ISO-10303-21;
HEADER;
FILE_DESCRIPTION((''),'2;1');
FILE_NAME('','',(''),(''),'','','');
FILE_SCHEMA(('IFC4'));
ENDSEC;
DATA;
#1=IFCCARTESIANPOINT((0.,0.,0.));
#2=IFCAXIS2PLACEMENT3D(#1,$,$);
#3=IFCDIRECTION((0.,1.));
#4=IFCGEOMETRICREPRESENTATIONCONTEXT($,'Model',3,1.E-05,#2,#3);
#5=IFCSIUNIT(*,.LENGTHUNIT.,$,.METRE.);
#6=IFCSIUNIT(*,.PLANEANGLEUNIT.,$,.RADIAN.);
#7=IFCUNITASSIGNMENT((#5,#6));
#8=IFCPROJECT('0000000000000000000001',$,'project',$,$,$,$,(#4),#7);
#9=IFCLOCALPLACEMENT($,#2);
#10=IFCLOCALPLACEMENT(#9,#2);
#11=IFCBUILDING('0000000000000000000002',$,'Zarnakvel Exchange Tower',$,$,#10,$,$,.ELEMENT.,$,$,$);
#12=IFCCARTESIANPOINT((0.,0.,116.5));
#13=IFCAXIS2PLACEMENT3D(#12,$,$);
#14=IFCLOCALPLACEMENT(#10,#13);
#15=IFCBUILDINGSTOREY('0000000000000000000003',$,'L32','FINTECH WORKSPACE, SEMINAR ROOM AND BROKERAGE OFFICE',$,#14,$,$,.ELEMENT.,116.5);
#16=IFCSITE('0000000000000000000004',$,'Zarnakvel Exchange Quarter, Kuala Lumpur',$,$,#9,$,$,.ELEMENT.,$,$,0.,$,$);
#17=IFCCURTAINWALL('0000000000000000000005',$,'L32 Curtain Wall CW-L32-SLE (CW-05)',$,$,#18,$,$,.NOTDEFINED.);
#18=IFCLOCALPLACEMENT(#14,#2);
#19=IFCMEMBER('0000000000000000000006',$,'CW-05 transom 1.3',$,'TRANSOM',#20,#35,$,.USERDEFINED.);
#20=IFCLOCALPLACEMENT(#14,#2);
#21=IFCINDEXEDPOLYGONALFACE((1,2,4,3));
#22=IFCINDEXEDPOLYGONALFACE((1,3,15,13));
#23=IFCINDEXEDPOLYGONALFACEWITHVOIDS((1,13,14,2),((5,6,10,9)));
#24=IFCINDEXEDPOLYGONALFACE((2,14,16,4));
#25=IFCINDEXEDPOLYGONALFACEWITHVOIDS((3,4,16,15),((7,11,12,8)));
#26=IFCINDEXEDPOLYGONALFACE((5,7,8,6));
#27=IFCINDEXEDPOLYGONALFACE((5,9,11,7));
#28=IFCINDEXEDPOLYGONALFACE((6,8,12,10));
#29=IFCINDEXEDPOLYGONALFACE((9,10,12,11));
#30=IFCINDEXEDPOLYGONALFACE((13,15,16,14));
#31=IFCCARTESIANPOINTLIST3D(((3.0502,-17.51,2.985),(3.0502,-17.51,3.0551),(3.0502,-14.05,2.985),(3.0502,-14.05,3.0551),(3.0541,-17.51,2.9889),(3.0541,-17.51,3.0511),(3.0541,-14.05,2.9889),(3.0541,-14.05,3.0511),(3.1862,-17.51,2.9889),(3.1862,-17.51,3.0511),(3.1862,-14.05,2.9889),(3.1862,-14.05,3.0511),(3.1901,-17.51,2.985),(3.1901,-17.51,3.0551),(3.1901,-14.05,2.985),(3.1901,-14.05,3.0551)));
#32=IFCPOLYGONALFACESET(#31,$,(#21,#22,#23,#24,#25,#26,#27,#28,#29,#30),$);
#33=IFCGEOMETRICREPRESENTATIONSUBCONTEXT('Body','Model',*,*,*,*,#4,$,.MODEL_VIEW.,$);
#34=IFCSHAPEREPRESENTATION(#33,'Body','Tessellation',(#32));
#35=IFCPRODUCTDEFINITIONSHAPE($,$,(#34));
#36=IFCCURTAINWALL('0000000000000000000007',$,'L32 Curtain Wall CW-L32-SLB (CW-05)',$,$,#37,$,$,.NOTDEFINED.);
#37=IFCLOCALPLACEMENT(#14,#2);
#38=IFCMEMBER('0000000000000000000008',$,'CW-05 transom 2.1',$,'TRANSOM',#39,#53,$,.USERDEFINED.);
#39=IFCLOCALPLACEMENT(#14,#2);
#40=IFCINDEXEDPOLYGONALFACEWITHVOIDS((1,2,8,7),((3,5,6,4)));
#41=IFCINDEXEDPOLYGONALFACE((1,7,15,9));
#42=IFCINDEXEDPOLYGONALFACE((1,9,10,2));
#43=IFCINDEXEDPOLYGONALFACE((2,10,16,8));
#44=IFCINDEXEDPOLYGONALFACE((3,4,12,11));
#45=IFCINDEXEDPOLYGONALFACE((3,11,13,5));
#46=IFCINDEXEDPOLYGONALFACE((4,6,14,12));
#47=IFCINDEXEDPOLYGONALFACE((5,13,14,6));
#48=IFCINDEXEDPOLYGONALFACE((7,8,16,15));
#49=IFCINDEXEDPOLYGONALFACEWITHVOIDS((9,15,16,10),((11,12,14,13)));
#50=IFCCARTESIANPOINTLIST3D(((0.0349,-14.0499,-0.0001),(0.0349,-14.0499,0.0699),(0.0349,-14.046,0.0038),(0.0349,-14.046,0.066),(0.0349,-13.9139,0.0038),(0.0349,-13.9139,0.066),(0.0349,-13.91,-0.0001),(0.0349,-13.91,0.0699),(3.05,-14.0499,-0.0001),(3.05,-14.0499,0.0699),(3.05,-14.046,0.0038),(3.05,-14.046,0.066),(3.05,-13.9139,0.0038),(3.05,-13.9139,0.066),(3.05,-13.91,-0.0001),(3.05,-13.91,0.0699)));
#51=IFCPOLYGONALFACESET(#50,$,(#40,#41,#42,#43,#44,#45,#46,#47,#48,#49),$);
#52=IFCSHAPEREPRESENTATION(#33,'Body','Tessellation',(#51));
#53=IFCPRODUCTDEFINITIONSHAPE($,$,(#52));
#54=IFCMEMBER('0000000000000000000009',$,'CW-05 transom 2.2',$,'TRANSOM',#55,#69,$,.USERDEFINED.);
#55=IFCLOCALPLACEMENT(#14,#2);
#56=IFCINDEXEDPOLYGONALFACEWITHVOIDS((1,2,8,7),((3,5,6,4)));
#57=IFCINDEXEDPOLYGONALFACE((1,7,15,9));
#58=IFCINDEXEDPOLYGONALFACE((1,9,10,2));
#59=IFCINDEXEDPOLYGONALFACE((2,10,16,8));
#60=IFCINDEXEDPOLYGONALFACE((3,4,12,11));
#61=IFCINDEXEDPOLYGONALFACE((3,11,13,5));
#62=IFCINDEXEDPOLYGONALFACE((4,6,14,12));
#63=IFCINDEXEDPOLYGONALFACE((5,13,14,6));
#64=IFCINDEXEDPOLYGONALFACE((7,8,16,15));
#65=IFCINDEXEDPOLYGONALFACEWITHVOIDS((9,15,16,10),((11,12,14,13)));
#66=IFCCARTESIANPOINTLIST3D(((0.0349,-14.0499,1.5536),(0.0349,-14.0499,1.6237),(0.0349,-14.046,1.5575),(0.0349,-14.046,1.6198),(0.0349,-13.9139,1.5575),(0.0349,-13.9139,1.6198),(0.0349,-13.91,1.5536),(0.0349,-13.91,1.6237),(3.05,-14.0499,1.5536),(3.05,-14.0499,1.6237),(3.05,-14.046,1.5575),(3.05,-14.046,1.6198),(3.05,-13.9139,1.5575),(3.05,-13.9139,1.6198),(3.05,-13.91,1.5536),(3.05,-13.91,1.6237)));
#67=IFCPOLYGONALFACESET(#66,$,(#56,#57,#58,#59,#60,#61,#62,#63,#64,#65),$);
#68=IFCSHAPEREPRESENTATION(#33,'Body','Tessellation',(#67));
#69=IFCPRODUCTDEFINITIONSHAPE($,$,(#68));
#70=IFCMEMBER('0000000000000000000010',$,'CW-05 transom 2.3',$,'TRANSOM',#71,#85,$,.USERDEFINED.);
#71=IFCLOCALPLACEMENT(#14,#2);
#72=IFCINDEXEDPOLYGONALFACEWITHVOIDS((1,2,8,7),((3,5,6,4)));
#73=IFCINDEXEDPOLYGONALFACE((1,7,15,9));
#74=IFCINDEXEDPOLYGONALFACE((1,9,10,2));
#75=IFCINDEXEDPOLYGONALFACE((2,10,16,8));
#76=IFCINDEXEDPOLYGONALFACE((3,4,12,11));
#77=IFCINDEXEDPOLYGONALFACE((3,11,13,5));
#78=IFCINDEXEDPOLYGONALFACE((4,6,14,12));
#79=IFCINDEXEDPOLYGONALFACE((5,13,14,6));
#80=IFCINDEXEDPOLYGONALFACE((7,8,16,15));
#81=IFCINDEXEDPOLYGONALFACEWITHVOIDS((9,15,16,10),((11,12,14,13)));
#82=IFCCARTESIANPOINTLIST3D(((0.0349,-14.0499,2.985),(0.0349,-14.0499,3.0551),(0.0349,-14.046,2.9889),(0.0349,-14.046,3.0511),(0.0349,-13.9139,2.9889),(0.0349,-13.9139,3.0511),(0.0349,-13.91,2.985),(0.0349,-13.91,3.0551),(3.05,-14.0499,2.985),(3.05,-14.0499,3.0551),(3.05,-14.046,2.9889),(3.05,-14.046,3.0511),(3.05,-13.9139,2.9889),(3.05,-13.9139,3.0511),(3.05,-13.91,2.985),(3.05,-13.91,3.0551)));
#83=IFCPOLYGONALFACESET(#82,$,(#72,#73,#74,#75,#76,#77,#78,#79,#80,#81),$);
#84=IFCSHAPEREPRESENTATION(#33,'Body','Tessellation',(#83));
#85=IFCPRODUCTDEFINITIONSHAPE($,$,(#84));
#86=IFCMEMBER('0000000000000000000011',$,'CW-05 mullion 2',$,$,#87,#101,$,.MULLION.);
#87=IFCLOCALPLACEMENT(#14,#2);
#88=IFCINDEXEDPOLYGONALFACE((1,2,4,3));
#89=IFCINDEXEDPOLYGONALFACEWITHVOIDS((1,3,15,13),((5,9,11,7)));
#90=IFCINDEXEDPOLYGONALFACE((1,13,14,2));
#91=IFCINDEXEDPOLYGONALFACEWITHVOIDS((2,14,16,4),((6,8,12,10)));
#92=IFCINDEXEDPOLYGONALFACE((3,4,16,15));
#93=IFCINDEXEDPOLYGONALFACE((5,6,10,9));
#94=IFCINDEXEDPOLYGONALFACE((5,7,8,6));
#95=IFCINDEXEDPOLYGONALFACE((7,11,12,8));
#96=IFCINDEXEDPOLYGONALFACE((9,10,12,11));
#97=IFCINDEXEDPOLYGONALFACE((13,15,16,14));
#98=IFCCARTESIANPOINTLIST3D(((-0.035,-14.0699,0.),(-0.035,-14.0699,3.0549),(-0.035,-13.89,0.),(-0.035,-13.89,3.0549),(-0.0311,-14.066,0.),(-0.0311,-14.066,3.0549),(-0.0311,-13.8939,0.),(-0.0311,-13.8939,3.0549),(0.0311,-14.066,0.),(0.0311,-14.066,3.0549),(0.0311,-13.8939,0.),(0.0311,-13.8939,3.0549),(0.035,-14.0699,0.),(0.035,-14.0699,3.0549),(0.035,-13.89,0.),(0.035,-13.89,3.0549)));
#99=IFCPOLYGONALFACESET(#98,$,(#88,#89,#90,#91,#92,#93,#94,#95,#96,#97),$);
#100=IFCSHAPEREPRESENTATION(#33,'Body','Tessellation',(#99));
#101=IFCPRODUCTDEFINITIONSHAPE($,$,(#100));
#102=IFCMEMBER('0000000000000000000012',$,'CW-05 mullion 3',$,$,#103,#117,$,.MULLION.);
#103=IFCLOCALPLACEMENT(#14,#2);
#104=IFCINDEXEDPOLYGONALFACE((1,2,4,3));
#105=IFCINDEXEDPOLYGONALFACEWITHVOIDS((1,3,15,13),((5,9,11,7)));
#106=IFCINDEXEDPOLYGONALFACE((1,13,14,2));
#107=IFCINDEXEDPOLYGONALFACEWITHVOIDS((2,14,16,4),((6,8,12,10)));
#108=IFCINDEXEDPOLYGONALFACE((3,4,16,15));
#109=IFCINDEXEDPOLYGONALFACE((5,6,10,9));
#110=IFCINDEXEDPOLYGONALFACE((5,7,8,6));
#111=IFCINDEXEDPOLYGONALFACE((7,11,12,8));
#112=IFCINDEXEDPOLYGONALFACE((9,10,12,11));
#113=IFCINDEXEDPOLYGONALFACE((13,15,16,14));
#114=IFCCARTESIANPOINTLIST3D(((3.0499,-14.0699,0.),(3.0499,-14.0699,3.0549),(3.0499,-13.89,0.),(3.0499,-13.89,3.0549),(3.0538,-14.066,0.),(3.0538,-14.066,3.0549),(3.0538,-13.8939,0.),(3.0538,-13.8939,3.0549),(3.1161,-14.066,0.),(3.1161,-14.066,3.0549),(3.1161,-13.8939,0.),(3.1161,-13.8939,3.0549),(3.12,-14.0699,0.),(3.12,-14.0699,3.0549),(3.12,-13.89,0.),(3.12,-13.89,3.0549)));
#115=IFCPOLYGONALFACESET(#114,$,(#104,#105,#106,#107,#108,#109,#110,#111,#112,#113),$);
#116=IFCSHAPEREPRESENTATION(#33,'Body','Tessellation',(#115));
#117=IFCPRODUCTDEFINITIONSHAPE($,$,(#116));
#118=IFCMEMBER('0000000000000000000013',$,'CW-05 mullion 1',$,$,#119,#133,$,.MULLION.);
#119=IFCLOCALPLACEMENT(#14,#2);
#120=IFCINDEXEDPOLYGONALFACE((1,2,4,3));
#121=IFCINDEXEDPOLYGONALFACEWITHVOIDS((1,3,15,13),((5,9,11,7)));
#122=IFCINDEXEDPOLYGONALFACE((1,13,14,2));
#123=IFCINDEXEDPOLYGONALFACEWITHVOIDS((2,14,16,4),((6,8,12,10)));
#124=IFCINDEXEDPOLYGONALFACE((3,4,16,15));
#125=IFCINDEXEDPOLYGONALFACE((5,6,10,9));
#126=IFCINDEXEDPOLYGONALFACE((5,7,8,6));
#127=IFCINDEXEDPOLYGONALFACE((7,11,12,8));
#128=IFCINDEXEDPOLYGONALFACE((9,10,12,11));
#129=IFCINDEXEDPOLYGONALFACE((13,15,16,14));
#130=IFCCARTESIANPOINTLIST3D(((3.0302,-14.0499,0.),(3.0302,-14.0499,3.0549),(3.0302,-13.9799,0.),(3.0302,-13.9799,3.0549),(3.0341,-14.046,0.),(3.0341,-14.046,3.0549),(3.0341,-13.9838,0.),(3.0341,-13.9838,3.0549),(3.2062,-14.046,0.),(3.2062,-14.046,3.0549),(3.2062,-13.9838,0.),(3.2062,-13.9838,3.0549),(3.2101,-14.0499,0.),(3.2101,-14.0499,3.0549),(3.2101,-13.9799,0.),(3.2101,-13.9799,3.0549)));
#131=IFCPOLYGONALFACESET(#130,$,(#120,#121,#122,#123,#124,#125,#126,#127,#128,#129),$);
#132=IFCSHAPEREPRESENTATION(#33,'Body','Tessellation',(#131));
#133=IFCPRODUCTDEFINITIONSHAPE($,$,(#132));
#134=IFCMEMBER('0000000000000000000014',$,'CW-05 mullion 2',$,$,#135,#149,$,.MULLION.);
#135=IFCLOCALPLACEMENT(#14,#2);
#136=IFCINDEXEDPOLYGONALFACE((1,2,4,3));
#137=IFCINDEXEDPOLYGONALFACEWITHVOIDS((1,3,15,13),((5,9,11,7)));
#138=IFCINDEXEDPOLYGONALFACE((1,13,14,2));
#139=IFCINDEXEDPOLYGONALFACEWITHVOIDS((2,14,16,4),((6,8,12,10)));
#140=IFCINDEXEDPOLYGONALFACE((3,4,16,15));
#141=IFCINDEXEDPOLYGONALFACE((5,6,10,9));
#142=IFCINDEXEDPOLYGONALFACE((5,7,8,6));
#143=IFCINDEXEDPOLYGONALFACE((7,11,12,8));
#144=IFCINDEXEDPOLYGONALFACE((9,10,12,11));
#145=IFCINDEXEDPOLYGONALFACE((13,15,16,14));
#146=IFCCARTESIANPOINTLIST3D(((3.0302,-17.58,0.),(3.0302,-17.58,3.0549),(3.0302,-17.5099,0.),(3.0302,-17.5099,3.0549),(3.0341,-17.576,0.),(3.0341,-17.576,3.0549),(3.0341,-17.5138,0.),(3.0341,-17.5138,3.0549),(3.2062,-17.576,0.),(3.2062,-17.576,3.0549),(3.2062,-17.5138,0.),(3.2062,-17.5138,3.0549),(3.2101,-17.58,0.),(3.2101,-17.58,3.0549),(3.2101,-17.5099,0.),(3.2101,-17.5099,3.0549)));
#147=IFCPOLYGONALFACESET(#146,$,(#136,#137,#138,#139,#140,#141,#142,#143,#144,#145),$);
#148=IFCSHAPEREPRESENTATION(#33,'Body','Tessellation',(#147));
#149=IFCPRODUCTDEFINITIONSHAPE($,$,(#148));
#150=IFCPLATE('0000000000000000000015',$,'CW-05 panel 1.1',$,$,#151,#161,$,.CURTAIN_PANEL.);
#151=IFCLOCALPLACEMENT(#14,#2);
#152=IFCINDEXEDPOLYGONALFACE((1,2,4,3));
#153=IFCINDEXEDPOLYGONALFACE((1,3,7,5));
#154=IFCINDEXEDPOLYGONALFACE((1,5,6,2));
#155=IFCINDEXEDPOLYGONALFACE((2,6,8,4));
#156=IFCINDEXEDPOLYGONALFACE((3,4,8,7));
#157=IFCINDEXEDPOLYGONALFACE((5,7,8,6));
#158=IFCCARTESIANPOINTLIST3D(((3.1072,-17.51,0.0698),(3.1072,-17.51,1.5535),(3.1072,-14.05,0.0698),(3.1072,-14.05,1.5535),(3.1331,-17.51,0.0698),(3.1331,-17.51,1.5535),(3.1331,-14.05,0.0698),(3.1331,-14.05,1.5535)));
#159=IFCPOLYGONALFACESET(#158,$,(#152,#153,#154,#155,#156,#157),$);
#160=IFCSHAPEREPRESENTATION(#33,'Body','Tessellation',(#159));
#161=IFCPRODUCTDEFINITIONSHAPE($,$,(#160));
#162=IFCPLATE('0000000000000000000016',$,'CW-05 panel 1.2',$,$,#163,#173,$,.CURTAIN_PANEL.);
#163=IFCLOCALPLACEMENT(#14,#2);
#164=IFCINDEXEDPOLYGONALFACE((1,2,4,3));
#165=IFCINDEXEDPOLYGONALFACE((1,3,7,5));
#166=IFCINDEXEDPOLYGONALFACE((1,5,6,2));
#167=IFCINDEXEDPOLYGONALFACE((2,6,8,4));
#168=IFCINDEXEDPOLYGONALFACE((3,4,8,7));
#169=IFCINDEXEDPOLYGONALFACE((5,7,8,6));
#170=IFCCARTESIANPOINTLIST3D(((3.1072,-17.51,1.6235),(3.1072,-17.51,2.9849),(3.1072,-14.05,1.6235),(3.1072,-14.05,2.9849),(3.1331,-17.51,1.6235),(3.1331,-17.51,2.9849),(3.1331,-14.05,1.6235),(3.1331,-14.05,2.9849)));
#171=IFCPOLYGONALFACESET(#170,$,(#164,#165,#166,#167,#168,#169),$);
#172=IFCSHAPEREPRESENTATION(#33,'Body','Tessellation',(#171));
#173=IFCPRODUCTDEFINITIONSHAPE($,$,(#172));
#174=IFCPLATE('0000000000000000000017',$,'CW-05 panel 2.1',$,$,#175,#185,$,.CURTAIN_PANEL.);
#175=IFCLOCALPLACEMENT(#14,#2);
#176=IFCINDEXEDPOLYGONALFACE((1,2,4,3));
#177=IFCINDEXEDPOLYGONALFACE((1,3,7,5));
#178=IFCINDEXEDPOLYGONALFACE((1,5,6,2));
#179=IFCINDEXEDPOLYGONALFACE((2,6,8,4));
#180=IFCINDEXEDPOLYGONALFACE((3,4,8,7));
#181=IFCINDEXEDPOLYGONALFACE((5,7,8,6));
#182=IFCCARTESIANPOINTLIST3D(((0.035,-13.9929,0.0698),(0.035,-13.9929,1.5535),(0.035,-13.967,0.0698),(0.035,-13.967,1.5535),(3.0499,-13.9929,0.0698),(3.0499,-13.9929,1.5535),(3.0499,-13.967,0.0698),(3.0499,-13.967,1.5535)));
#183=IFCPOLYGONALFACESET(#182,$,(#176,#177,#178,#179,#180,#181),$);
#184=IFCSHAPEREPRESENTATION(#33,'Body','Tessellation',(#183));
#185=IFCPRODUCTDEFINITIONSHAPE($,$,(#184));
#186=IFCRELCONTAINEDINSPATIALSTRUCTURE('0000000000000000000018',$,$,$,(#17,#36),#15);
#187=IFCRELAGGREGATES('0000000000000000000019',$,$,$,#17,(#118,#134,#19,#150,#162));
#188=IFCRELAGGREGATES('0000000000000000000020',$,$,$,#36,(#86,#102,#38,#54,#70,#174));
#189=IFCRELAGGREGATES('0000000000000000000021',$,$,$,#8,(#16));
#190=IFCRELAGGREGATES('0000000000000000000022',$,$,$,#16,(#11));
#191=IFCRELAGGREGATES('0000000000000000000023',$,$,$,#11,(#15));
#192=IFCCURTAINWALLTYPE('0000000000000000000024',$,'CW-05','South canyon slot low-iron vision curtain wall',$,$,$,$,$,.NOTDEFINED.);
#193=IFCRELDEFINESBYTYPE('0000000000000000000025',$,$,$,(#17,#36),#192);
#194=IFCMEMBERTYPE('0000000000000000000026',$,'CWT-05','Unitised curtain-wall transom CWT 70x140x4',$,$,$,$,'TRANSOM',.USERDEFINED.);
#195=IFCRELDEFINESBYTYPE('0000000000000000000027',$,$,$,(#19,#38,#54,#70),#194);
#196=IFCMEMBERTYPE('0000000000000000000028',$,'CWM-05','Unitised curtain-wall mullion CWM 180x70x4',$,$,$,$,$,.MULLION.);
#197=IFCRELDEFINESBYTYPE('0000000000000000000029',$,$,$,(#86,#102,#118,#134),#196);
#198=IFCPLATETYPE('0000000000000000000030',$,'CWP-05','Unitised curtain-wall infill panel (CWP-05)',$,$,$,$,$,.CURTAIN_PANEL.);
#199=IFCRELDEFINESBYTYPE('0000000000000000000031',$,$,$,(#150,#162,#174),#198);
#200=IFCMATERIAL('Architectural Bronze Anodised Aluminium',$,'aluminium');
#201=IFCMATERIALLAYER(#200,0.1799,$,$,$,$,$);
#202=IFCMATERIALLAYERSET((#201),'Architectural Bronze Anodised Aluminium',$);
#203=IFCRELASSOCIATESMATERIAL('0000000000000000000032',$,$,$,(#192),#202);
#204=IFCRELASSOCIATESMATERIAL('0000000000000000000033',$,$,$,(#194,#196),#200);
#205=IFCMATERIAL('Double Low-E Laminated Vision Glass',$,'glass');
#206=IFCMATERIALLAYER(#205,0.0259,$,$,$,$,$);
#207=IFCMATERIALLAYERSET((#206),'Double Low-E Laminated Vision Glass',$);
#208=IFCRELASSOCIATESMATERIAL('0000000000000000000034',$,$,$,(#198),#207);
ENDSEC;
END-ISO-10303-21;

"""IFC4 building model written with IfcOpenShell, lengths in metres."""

from ifc_helpers import new_model, si_unit, direction, frame, origin, origin_2d, place, context, subcontext, project, spatial, rectangle, hollow_rectangle, extrude, source, transform, mapped, material, layer, layer_set, material_profile, profile_set, type_object, element, aggregate, save


model = new_model("IFC4")

# Units and contexts
model_context = context("Model", 3, precision=1e-05, world=origin(), true_north=direction((0.0, 1.0)))
body_context = subcontext(model_context, "Body", "Model", "MODEL_VIEW")
ifc_project = project(units=[si_unit("LENGTHUNIT", "METRE"), si_unit("PLANEANGLEUNIT", "RADIAN")], contexts=[model_context])

# Site, building, storey
site_placement = place(None, origin())
site = spatial("IfcSite", under=ifc_project, at=site_placement, Name="Zarnakvel Exchange Quarter, Kuala Lumpur", CompositionType="ELEMENT", RefElevation=0.0)
building_placement = place(site_placement, origin())
building = spatial("IfcBuilding", under=site, at=building_placement, Name="Zarnakvel Exchange Tower", CompositionType="ELEMENT")
storey_placement = place(building_placement, frame((0.0, 0.0, 116.5)))
storey = spatial("IfcBuildingStorey", under=building, at=storey_placement, Name="L32", Description="FINTECH WORKSPACE, SEMINAR ROOM AND BROKERAGE OFFICE", CompositionType="ELEMENT", Elevation=116.5)

# Curtain walls, members
ifc_material_1 = material(Name="Architectural Bronze Anodised Aluminium", Category="aluminium")
ifc_layer_1 = layer(ifc_material_1, 0.1799)
ifc_layer_set_1 = layer_set([ifc_layer_1], Name="Architectural Bronze Anodised Aluminium")
curtain_wall_type = type_object("IfcCurtainWallType", Name="CW-05", Description="South canyon slot low-iron vision curtain wall", PredefinedType="NOTDEFINED", material=ifc_layer_set_1)
curtain_wall_1_placement = place(storey_placement, origin())
curtain_wall_1 = element("IfcCurtainWall", 1, at=curtain_wall_1_placement, inside=storey, type_object=curtain_wall_type, Name="L32 Curtain Wall CW-L32-SLE (CW-05)", PredefinedType="NOTDEFINED")
ifc_material_profile_1 = material_profile(ifc_material_1, hollow_rectangle(XDim=0.1399, YDim=0.0701, WallThickness=0.0039, at=origin_2d()))
ifc_profile_set_1 = profile_set([ifc_material_profile_1], Name="Architectural Bronze Anodised Aluminium")
member_type_1 = type_object("IfcMemberType", Name="CWT-05", Description="Unitised curtain-wall transom CWT 70x140x4", ElementType="TRANSOM", PredefinedType="USERDEFINED", material=ifc_profile_set_1)
shared_shape_1 = source(origin(), body_context, "Body", "SweptSolid", [
    extrude(hollow_rectangle(XDim=0.1399, YDim=0.0701, WallThickness=0.0039, at=origin_2d()), origin(), (0.0, 0.0, 1.0), 3.46),
])
member_1_placement = place(storey_placement, frame((3.1201, -14.05, 3.02), z_axis=(0.0, -1.0, 0.0), x_axis=(1.0, 0.0, 0.0)))
member_1 = element("IfcMember", 2, at=member_1_placement, type_object=member_type_1, Name="CW-05 transom 1.3", ObjectType="TRANSOM", PredefinedType="USERDEFINED", context=body_context, shape_type="MappedRepresentation", body=[
    mapped(shared_shape_1, transform((0.0, 0.0, 0.0), x_axis=(1.0, 0.0, 0.0), y_axis=(0.0, 1.0, 0.0), z_axis=(0.0, 0.0, 1.0), scale=1.0)),
])
curtain_wall_2_placement = place(storey_placement, origin())
curtain_wall_2 = element("IfcCurtainWall", 3, at=curtain_wall_2_placement, inside=storey, type_object=curtain_wall_type, Name="L32 Curtain Wall CW-L32-SLB (CW-05)", PredefinedType="NOTDEFINED")
shared_shape_2 = source(origin(), body_context, "Body", "SweptSolid", [
    extrude(hollow_rectangle(XDim=0.1399, YDim=0.0701, WallThickness=0.0039, at=origin_2d()), origin(), (0.0, 0.0, 1.0), 3.0151),
])
member_2_placement = place(storey_placement, frame((0.0349, -13.98, 0.0349), z_axis=(1.0, 0.0, 0.0), x_axis=(0.0, 1.0, 0.0)))
member_2 = element("IfcMember", 4, at=member_2_placement, type_object=member_type_1, Name="CW-05 transom 2.1", ObjectType="TRANSOM", PredefinedType="USERDEFINED", context=body_context, shape_type="MappedRepresentation", body=[
    mapped(shared_shape_2, transform((0.0, 0.0, 0.0), x_axis=(1.0, 0.0, 0.0), y_axis=(0.0, 1.0, 0.0), z_axis=(0.0, 0.0, 1.0), scale=1.0)),
])
member_3_placement = place(storey_placement, frame((0.0349, -13.98, 1.5886), z_axis=(1.0, 0.0, 0.0), x_axis=(0.0, 1.0, 0.0)))
member_3 = element("IfcMember", 5, at=member_3_placement, type_object=member_type_1, Name="CW-05 transom 2.2", ObjectType="TRANSOM", PredefinedType="USERDEFINED", context=body_context, shape_type="MappedRepresentation", body=[
    mapped(shared_shape_2, transform((0.0, 0.0, 0.0), x_axis=(1.0, 0.0, 0.0), y_axis=(0.0, 1.0, 0.0), z_axis=(0.0, 0.0, 1.0), scale=1.0)),
])
member_4_placement = place(storey_placement, frame((0.0349, -13.98, 3.02), z_axis=(1.0, 0.0, 0.0), x_axis=(0.0, 1.0, 0.0)))
member_4 = element("IfcMember", 6, at=member_4_placement, type_object=member_type_1, Name="CW-05 transom 2.3", ObjectType="TRANSOM", PredefinedType="USERDEFINED", context=body_context, shape_type="MappedRepresentation", body=[
    mapped(shared_shape_2, transform((0.0, 0.0, 0.0), x_axis=(1.0, 0.0, 0.0), y_axis=(0.0, 1.0, 0.0), z_axis=(0.0, 0.0, 1.0), scale=1.0)),
])
ifc_material_profile_2 = material_profile(ifc_material_1, hollow_rectangle(XDim=0.1799, YDim=0.0701, WallThickness=0.0039, at=origin_2d()))
ifc_profile_set_2 = profile_set([ifc_material_profile_2], Name="Architectural Bronze Anodised Aluminium")
member_type_2 = type_object("IfcMemberType", Name="CWM-05", Description="Unitised curtain-wall mullion CWM 180x70x4", PredefinedType="MULLION", material=ifc_profile_set_2)
shared_shape_3 = source(origin(), body_context, "Body", "SweptSolid", [
    extrude(hollow_rectangle(XDim=0.1799, YDim=0.0701, WallThickness=0.0039, at=origin_2d()), origin(), (0.0, 0.0, 1.0), 3.0549),
])
member_5_placement = place(storey_placement, frame((0.0, -13.98, 0.0), z_axis=(0.0, 0.0, 1.0), x_axis=(0.0, 1.0, 0.0)))
member_5 = element("IfcMember", 7, at=member_5_placement, type_object=member_type_2, Name="CW-05 mullion 2", PredefinedType="MULLION", context=body_context, shape_type="MappedRepresentation", body=[
    mapped(shared_shape_3, transform((0.0, 0.0, 0.0), x_axis=(1.0, 0.0, 0.0), y_axis=(0.0, 1.0, 0.0), z_axis=(0.0, 0.0, 1.0), scale=1.0)),
])
member_6_placement = place(storey_placement, frame((3.085, -13.98, 0.0), z_axis=(0.0, 0.0, 1.0), x_axis=(0.0, 1.0, 0.0)))
member_6 = element("IfcMember", 8, at=member_6_placement, type_object=member_type_2, Name="CW-05 mullion 3", PredefinedType="MULLION", context=body_context, shape_type="MappedRepresentation", body=[
    mapped(shared_shape_3, transform((0.0, 0.0, 0.0), x_axis=(1.0, 0.0, 0.0), y_axis=(0.0, 1.0, 0.0), z_axis=(0.0, 0.0, 1.0), scale=1.0)),
])

# Members
member_7_placement = place(storey_placement, frame((3.1201, -14.0149, 0.0), z_axis=(0.0, 0.0, 1.0), x_axis=(1.0, 0.0, 0.0)))
member_7 = element("IfcMember", 9, at=member_7_placement, type_object=member_type_2, Name="CW-05 mullion 1", PredefinedType="MULLION", context=body_context, shape_type="MappedRepresentation", body=[
    mapped(shared_shape_3, transform((0.0, 0.0, 0.0), x_axis=(1.0, 0.0, 0.0), y_axis=(0.0, 1.0, 0.0), z_axis=(0.0, 0.0, 1.0), scale=1.0)),
])
member_8_placement = place(storey_placement, frame((3.1201, -17.5449, 0.0), z_axis=(0.0, 0.0, 1.0), x_axis=(1.0, 0.0, 0.0)))
member_8 = element("IfcMember", 10, at=member_8_placement, type_object=member_type_2, Name="CW-05 mullion 2", PredefinedType="MULLION", context=body_context, shape_type="MappedRepresentation", body=[
    mapped(shared_shape_3, transform((0.0, 0.0, 0.0), x_axis=(1.0, 0.0, 0.0), y_axis=(0.0, 1.0, 0.0), z_axis=(0.0, 0.0, 1.0), scale=1.0)),
])

# Plates
ifc_material_2 = material(Name="Double Low-E Laminated Vision Glass", Category="glass")
ifc_layer_2 = layer(ifc_material_2, 0.0259)
ifc_layer_set_2 = layer_set([ifc_layer_2], Name="Double Low-E Laminated Vision Glass")
plate_type = type_object("IfcPlateType", Name="CWP-05", Description="Unitised curtain-wall infill panel (CWP-05)", PredefinedType="CURTAIN_PANEL", material=ifc_layer_set_2)
shared_shape_4 = source(origin(), body_context, "Body", "SweptSolid", [
    extrude(rectangle(XDim=3.46, YDim=0.0259, at=origin_2d()), origin(), (0.0, 0.0, 1.0), 1.4836),
])
plate_1_placement = place(storey_placement, frame((3.1201, -15.78, 0.0698), z_axis=(0.0, 0.0, 1.0), x_axis=(0.0, -1.0, 0.0)))
plate_1 = element("IfcPlate", 11, at=plate_1_placement, type_object=plate_type, Name="CW-05 panel 1.1", PredefinedType="CURTAIN_PANEL", context=body_context, shape_type="MappedRepresentation", body=[
    mapped(shared_shape_4, transform((0.0, 0.0, 0.0), x_axis=(1.0, 0.0, 0.0), y_axis=(0.0, 1.0, 0.0), z_axis=(0.0, 0.0, 1.0), scale=1.0)),
])
shared_shape_5 = source(origin(), body_context, "Body", "SweptSolid", [
    extrude(rectangle(XDim=3.46, YDim=0.0259, at=origin_2d()), origin(), (0.0, 0.0, 1.0), 1.3613),
])
plate_2_placement = place(storey_placement, frame((3.1201, -15.78, 1.6235), z_axis=(0.0, 0.0, 1.0), x_axis=(0.0, -1.0, 0.0)))
plate_2 = element("IfcPlate", 12, at=plate_2_placement, type_object=plate_type, Name="CW-05 panel 1.2", PredefinedType="CURTAIN_PANEL", context=body_context, shape_type="MappedRepresentation", body=[
    mapped(shared_shape_5, transform((0.0, 0.0, 0.0), x_axis=(1.0, 0.0, 0.0), y_axis=(0.0, 1.0, 0.0), z_axis=(0.0, 0.0, 1.0), scale=1.0)),
])
aggregate(curtain_wall_1, [member_7, member_8, member_1, plate_1, plate_2])
shared_shape_6 = source(origin(), body_context, "Body", "SweptSolid", [
    extrude(rectangle(XDim=3.0149, YDim=0.0259, at=origin_2d()), origin(), (0.0, 0.0, 1.0), 1.4836),
])
plate_3_placement = place(storey_placement, frame((1.5425, -13.98, 0.0698), z_axis=(0.0, 0.0, 1.0), x_axis=(1.0, 0.0, 0.0)))
plate_3 = element("IfcPlate", 13, at=plate_3_placement, type_object=plate_type, Name="CW-05 panel 2.1", PredefinedType="CURTAIN_PANEL", context=body_context, shape_type="MappedRepresentation", body=[
    mapped(shared_shape_6, transform((0.0, 0.0, 0.0), x_axis=(1.0, 0.0, 0.0), y_axis=(0.0, 1.0, 0.0), z_axis=(0.0, 0.0, 1.0), scale=1.0)),
])
aggregate(curtain_wall_2, [member_5, member_6, member_2, member_3, member_4, plate_3])

save(model, "model.ifc")
